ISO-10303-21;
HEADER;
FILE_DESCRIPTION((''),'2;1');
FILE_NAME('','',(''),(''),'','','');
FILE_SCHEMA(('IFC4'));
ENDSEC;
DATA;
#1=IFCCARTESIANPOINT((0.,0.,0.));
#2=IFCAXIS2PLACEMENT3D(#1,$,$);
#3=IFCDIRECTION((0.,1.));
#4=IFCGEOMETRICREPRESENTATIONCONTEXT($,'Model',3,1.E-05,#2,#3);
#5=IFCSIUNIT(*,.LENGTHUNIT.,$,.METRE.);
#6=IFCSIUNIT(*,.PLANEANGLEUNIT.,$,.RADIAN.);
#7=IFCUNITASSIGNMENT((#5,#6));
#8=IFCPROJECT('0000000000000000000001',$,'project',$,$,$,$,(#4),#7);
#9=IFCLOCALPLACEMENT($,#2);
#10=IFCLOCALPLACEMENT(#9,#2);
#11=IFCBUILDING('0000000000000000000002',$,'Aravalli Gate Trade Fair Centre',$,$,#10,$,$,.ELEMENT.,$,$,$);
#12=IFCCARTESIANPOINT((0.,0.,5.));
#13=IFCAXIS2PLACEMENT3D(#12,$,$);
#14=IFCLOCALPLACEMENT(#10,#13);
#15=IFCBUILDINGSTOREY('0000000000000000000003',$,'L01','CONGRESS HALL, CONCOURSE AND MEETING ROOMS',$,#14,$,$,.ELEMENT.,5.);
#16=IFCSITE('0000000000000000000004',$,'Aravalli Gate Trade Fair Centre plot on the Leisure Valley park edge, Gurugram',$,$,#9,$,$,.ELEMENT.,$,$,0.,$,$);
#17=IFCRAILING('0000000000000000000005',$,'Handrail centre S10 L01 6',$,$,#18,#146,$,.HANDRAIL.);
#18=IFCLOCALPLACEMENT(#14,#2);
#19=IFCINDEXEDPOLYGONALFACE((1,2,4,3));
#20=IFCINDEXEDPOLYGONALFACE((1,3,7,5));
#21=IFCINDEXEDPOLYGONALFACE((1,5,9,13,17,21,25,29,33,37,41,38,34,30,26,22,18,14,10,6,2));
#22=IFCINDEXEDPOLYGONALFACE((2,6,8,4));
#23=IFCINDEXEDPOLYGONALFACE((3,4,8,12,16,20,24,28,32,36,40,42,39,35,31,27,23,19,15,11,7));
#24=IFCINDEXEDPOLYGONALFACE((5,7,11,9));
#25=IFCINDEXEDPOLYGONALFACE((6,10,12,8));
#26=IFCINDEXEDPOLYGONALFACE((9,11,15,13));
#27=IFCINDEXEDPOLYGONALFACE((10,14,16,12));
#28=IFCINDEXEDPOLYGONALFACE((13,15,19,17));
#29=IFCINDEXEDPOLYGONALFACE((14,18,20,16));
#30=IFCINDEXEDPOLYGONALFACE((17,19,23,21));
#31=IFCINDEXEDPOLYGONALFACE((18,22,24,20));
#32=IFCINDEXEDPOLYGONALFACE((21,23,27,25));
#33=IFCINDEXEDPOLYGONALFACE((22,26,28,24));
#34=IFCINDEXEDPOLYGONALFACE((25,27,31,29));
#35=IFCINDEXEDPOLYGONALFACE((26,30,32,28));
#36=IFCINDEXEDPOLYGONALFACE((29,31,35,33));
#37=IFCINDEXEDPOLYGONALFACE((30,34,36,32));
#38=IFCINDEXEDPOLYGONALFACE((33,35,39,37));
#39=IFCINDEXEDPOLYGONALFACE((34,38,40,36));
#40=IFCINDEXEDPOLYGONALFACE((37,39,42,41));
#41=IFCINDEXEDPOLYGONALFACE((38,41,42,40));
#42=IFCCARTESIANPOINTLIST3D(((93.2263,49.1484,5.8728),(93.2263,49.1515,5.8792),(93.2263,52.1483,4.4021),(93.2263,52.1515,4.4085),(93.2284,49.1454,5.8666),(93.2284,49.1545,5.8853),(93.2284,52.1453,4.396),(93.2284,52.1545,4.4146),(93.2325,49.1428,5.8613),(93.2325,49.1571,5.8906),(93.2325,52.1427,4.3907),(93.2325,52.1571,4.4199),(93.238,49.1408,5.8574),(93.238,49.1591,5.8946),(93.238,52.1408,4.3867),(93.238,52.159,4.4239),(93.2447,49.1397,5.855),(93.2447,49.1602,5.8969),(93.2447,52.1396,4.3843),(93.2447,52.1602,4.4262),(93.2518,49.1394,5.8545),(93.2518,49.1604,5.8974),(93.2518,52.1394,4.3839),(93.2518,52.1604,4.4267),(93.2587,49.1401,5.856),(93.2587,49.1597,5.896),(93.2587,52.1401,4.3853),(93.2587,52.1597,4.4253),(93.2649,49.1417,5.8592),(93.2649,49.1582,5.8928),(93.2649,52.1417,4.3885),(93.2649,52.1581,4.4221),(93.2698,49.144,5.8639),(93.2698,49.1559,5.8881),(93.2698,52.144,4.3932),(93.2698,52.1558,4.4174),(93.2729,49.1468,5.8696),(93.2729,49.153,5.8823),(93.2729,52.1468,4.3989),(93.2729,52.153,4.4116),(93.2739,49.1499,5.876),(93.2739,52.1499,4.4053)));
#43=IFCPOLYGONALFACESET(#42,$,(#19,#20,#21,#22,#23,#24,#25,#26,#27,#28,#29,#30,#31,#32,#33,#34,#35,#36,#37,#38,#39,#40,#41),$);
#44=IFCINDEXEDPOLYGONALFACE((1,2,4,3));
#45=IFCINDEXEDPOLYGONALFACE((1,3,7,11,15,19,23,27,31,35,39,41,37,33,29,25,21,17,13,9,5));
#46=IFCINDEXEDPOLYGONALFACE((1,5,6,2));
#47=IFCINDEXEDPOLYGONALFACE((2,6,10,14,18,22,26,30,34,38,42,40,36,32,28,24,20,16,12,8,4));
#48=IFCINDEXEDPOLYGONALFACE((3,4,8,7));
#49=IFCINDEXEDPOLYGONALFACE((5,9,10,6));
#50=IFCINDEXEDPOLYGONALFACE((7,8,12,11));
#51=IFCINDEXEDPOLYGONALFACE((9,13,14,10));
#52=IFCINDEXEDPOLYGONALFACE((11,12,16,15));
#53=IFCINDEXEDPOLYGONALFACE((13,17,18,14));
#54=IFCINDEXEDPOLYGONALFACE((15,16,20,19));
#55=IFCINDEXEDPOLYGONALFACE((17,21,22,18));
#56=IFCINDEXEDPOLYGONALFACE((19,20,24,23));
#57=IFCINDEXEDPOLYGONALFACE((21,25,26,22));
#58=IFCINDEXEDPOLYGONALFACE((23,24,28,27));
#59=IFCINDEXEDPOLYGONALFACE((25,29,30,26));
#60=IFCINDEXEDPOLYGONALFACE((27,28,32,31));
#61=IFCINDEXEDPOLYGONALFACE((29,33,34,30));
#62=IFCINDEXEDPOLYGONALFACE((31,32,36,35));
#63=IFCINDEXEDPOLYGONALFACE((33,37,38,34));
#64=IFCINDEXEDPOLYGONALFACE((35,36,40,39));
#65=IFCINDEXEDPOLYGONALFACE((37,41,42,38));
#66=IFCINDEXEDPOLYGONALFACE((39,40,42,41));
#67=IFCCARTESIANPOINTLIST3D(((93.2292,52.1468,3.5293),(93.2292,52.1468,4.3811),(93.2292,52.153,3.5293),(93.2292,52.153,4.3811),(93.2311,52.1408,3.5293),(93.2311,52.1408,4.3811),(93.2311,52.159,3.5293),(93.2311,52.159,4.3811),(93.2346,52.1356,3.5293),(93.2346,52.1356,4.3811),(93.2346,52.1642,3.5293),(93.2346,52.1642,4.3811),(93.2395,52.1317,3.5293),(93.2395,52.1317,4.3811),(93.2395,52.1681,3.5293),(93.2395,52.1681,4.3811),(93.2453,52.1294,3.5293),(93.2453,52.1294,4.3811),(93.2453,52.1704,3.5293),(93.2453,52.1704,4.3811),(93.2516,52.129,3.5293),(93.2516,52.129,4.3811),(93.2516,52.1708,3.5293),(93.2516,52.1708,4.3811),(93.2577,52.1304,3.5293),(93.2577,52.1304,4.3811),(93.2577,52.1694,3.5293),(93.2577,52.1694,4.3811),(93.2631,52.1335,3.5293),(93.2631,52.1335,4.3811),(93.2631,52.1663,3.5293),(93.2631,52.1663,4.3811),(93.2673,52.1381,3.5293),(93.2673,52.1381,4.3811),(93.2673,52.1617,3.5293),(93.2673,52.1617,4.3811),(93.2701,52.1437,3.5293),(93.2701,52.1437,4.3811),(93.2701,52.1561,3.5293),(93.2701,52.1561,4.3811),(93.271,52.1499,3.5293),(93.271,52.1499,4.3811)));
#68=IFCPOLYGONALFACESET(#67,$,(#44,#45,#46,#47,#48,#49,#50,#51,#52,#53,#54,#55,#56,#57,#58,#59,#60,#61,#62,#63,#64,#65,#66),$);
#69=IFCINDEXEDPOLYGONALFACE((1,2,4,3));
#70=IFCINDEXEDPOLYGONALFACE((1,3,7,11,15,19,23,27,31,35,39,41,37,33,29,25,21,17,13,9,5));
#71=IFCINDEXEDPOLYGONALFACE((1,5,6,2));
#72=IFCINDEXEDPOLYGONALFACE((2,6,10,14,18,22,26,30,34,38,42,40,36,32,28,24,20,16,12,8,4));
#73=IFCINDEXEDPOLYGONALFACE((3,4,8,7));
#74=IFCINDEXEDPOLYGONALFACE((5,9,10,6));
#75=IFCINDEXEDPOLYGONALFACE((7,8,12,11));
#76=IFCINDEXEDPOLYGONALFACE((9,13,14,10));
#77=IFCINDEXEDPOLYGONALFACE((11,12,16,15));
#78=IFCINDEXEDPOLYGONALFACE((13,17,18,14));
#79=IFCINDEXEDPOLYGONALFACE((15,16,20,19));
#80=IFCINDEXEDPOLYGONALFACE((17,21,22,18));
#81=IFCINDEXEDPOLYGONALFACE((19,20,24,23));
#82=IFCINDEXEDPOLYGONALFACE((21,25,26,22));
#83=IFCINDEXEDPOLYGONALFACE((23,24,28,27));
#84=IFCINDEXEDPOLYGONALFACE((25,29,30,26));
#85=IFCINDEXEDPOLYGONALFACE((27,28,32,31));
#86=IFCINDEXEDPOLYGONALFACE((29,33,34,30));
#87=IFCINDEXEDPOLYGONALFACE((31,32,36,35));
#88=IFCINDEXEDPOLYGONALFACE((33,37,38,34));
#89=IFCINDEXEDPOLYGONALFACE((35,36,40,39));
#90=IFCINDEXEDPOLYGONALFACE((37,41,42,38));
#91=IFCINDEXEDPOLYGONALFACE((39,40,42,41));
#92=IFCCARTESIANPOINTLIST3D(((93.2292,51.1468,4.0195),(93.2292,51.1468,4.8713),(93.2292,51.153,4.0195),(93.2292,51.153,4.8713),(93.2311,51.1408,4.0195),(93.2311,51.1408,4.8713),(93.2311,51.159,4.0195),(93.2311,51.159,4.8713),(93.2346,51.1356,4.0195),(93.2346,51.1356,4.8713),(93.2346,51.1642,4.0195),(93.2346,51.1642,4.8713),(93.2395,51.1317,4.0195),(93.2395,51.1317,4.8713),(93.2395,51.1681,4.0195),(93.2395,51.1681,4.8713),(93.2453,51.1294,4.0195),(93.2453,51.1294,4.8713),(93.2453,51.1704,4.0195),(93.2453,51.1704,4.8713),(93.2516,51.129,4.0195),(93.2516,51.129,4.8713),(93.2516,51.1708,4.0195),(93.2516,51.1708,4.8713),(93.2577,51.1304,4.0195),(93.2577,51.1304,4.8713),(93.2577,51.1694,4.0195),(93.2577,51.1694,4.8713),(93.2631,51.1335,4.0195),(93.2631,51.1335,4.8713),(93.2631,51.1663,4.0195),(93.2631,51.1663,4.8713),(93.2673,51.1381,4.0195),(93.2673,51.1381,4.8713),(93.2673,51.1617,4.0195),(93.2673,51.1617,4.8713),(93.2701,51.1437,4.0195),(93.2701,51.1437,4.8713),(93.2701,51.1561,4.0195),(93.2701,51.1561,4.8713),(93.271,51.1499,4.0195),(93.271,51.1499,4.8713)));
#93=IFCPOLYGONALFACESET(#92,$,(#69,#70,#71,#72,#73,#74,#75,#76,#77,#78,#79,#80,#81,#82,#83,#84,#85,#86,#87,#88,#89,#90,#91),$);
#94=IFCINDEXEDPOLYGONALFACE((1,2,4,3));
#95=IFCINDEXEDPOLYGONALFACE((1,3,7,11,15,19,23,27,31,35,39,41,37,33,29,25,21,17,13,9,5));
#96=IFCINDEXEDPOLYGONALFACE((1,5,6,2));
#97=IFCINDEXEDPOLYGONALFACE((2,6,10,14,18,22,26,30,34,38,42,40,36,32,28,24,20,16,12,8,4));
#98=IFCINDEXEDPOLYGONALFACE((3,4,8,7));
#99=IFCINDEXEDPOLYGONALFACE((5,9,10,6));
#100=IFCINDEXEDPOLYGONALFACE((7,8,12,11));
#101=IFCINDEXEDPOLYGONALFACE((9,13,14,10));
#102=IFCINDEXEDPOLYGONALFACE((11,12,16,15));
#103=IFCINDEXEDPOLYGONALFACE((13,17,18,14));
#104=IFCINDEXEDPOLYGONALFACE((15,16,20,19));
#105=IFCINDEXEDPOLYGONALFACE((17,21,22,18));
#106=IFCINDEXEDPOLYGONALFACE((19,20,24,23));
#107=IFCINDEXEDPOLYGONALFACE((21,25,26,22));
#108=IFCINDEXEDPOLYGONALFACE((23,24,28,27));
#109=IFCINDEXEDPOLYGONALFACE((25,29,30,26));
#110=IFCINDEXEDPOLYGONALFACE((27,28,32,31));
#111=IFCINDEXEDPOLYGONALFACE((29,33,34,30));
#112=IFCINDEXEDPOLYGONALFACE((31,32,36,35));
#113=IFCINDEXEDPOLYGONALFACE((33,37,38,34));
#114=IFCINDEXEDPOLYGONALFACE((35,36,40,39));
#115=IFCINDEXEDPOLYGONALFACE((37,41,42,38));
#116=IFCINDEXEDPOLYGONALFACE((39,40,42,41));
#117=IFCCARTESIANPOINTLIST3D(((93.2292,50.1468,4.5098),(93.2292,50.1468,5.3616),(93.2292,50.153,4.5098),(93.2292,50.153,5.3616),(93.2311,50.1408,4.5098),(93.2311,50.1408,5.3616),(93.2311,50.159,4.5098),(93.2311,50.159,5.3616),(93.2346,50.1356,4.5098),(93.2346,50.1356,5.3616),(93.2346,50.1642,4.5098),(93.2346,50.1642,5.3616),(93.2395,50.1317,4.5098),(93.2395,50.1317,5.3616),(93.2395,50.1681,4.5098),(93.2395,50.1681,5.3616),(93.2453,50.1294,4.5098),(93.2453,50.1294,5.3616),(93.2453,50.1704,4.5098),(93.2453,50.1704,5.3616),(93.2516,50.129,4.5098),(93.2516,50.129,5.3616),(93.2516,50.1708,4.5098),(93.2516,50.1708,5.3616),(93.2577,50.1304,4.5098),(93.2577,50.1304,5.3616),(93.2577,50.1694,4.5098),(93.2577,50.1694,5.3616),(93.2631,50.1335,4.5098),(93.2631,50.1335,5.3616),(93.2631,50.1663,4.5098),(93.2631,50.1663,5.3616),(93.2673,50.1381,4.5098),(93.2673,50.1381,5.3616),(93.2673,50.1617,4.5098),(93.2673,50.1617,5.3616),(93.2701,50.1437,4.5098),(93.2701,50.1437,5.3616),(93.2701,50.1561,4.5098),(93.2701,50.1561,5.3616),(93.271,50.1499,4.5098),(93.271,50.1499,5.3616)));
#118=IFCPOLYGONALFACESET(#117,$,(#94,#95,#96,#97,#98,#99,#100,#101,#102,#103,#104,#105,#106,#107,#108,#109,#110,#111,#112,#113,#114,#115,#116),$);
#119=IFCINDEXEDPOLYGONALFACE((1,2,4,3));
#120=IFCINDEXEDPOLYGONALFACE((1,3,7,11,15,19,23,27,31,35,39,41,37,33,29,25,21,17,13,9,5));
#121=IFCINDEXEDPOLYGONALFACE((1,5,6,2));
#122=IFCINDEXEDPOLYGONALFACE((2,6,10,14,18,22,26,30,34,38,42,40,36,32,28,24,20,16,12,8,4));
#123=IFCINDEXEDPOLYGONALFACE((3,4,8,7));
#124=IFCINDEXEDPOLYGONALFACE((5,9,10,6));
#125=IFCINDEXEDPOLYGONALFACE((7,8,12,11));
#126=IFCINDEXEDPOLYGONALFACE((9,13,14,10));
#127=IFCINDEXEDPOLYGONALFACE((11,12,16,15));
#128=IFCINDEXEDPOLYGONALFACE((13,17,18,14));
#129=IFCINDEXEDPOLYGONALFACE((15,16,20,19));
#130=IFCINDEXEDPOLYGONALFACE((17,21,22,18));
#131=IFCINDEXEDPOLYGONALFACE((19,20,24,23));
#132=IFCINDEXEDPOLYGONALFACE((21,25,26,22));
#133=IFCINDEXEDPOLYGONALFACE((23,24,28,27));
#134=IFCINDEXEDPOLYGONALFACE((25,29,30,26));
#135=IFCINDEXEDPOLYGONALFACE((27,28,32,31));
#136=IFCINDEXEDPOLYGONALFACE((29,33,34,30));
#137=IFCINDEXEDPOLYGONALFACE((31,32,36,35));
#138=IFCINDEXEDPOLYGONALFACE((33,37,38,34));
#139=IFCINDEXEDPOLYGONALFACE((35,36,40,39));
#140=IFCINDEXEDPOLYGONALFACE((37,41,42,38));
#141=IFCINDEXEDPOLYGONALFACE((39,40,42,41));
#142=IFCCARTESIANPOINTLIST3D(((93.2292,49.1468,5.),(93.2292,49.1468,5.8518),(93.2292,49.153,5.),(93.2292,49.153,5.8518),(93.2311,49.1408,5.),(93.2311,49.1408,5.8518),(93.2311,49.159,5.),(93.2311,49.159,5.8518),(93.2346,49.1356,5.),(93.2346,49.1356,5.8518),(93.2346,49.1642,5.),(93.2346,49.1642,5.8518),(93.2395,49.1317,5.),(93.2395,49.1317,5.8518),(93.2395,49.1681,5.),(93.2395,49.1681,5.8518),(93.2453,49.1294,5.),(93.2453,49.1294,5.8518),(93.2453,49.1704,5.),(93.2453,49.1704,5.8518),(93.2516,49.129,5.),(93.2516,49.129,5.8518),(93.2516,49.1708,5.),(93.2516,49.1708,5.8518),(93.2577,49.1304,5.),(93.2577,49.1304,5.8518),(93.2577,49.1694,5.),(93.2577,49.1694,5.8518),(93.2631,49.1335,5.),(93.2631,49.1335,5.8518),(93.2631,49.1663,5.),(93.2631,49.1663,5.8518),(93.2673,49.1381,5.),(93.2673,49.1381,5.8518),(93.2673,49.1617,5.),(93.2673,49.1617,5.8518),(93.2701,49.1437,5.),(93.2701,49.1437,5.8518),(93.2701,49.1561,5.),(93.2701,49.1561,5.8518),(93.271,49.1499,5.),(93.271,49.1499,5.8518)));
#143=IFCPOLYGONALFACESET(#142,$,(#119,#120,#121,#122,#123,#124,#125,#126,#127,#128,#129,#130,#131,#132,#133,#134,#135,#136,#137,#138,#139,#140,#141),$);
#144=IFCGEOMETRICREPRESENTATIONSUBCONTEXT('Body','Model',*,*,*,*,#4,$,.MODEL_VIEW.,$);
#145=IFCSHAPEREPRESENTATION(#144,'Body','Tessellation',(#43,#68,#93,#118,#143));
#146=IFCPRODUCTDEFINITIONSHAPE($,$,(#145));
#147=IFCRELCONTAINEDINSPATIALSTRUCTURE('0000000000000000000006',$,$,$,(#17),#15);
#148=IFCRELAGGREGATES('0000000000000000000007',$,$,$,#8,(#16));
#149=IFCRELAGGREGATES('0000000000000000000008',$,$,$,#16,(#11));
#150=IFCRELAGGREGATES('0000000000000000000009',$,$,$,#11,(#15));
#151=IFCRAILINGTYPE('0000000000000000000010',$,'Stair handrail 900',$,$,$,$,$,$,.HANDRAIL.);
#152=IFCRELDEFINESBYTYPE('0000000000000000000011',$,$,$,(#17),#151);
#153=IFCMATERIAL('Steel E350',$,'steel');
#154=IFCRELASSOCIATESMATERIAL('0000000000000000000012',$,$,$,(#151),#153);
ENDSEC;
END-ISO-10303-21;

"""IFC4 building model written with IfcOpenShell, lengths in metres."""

from ifc_helpers import new_model, si_unit, direction, frame, origin, origin_2d, place, context, subcontext, project, spatial, circle, extrude, material, type_object, element, save


model = new_model("IFC4")

# Units and contexts
model_context = context("Model", 3, precision=1e-05, world=origin(), true_north=direction((0.0, 1.0)))
body_context = subcontext(model_context, "Body", "Model", "MODEL_VIEW")
ifc_project = project(units=[si_unit("LENGTHUNIT", "METRE"), si_unit("PLANEANGLEUNIT", "RADIAN")], contexts=[model_context])

# Site, building, storey
site_placement = place(None, origin())
site = spatial("IfcSite", under=ifc_project, at=site_placement, Name="Aravalli Gate Trade Fair Centre plot on the Leisure Valley park edge, Gurugram", CompositionType="ELEMENT", RefElevation=0.0)
building_placement = place(site_placement, origin())
building = spatial("IfcBuilding", under=site, at=building_placement, Name="Aravalli Gate Trade Fair Centre", CompositionType="ELEMENT")
storey_placement = place(building_placement, frame((0.0, 0.0, 5.0)))
storey = spatial("IfcBuildingStorey", under=building, at=storey_placement, Name="L01", Description="CONGRESS HALL, CONCOURSE AND MEETING ROOMS", CompositionType="ELEMENT", Elevation=5.0)

# Railing
ifc_material_1 = material(Name="Steel E350", Category="steel")
railing_type = type_object("IfcRailingType", Name="Stair handrail 900", PredefinedType="HANDRAIL", material=ifc_material_1)
for number, where, name in (
    (1, (93.25, 52.1499, 3.5293), "Handrail centre S10 L01 6"),
):
    element("IfcRailing", number, at=place(storey_placement, frame(where)), inside=storey, type_object=railing_type, Name=name, PredefinedType="HANDRAIL", context=body_context, shape_type="SweptSolid", body=[
        extrude(circle(Radius=0.0239, at=origin_2d()), frame((0.0, 0.0, 0.876), z_axis=(0.0, -0.897907, 0.440185), x_axis=(1.0, 0.0, 0.0)), (0.0, 0.0, 1.0), 3.3411),
        extrude(circle(Radius=0.021, at=origin_2d()), origin(), (0.0, 0.0, 1.0), 0.8518),
        extrude(circle(Radius=0.021, at=origin_2d()), frame((0.0, -1.0, 0.4902)), (0.0, 0.0, 1.0), 0.8518),
        extrude(circle(Radius=0.021, at=origin_2d()), frame((0.0, -2.0, 0.9805)), (0.0, 0.0, 1.0), 0.8518),
        extrude(circle(Radius=0.021, at=origin_2d()), frame((0.0, -3.0, 1.4707)), (0.0, 0.0, 1.0), 0.8518),
    ])

save(model, "model.ifc")
